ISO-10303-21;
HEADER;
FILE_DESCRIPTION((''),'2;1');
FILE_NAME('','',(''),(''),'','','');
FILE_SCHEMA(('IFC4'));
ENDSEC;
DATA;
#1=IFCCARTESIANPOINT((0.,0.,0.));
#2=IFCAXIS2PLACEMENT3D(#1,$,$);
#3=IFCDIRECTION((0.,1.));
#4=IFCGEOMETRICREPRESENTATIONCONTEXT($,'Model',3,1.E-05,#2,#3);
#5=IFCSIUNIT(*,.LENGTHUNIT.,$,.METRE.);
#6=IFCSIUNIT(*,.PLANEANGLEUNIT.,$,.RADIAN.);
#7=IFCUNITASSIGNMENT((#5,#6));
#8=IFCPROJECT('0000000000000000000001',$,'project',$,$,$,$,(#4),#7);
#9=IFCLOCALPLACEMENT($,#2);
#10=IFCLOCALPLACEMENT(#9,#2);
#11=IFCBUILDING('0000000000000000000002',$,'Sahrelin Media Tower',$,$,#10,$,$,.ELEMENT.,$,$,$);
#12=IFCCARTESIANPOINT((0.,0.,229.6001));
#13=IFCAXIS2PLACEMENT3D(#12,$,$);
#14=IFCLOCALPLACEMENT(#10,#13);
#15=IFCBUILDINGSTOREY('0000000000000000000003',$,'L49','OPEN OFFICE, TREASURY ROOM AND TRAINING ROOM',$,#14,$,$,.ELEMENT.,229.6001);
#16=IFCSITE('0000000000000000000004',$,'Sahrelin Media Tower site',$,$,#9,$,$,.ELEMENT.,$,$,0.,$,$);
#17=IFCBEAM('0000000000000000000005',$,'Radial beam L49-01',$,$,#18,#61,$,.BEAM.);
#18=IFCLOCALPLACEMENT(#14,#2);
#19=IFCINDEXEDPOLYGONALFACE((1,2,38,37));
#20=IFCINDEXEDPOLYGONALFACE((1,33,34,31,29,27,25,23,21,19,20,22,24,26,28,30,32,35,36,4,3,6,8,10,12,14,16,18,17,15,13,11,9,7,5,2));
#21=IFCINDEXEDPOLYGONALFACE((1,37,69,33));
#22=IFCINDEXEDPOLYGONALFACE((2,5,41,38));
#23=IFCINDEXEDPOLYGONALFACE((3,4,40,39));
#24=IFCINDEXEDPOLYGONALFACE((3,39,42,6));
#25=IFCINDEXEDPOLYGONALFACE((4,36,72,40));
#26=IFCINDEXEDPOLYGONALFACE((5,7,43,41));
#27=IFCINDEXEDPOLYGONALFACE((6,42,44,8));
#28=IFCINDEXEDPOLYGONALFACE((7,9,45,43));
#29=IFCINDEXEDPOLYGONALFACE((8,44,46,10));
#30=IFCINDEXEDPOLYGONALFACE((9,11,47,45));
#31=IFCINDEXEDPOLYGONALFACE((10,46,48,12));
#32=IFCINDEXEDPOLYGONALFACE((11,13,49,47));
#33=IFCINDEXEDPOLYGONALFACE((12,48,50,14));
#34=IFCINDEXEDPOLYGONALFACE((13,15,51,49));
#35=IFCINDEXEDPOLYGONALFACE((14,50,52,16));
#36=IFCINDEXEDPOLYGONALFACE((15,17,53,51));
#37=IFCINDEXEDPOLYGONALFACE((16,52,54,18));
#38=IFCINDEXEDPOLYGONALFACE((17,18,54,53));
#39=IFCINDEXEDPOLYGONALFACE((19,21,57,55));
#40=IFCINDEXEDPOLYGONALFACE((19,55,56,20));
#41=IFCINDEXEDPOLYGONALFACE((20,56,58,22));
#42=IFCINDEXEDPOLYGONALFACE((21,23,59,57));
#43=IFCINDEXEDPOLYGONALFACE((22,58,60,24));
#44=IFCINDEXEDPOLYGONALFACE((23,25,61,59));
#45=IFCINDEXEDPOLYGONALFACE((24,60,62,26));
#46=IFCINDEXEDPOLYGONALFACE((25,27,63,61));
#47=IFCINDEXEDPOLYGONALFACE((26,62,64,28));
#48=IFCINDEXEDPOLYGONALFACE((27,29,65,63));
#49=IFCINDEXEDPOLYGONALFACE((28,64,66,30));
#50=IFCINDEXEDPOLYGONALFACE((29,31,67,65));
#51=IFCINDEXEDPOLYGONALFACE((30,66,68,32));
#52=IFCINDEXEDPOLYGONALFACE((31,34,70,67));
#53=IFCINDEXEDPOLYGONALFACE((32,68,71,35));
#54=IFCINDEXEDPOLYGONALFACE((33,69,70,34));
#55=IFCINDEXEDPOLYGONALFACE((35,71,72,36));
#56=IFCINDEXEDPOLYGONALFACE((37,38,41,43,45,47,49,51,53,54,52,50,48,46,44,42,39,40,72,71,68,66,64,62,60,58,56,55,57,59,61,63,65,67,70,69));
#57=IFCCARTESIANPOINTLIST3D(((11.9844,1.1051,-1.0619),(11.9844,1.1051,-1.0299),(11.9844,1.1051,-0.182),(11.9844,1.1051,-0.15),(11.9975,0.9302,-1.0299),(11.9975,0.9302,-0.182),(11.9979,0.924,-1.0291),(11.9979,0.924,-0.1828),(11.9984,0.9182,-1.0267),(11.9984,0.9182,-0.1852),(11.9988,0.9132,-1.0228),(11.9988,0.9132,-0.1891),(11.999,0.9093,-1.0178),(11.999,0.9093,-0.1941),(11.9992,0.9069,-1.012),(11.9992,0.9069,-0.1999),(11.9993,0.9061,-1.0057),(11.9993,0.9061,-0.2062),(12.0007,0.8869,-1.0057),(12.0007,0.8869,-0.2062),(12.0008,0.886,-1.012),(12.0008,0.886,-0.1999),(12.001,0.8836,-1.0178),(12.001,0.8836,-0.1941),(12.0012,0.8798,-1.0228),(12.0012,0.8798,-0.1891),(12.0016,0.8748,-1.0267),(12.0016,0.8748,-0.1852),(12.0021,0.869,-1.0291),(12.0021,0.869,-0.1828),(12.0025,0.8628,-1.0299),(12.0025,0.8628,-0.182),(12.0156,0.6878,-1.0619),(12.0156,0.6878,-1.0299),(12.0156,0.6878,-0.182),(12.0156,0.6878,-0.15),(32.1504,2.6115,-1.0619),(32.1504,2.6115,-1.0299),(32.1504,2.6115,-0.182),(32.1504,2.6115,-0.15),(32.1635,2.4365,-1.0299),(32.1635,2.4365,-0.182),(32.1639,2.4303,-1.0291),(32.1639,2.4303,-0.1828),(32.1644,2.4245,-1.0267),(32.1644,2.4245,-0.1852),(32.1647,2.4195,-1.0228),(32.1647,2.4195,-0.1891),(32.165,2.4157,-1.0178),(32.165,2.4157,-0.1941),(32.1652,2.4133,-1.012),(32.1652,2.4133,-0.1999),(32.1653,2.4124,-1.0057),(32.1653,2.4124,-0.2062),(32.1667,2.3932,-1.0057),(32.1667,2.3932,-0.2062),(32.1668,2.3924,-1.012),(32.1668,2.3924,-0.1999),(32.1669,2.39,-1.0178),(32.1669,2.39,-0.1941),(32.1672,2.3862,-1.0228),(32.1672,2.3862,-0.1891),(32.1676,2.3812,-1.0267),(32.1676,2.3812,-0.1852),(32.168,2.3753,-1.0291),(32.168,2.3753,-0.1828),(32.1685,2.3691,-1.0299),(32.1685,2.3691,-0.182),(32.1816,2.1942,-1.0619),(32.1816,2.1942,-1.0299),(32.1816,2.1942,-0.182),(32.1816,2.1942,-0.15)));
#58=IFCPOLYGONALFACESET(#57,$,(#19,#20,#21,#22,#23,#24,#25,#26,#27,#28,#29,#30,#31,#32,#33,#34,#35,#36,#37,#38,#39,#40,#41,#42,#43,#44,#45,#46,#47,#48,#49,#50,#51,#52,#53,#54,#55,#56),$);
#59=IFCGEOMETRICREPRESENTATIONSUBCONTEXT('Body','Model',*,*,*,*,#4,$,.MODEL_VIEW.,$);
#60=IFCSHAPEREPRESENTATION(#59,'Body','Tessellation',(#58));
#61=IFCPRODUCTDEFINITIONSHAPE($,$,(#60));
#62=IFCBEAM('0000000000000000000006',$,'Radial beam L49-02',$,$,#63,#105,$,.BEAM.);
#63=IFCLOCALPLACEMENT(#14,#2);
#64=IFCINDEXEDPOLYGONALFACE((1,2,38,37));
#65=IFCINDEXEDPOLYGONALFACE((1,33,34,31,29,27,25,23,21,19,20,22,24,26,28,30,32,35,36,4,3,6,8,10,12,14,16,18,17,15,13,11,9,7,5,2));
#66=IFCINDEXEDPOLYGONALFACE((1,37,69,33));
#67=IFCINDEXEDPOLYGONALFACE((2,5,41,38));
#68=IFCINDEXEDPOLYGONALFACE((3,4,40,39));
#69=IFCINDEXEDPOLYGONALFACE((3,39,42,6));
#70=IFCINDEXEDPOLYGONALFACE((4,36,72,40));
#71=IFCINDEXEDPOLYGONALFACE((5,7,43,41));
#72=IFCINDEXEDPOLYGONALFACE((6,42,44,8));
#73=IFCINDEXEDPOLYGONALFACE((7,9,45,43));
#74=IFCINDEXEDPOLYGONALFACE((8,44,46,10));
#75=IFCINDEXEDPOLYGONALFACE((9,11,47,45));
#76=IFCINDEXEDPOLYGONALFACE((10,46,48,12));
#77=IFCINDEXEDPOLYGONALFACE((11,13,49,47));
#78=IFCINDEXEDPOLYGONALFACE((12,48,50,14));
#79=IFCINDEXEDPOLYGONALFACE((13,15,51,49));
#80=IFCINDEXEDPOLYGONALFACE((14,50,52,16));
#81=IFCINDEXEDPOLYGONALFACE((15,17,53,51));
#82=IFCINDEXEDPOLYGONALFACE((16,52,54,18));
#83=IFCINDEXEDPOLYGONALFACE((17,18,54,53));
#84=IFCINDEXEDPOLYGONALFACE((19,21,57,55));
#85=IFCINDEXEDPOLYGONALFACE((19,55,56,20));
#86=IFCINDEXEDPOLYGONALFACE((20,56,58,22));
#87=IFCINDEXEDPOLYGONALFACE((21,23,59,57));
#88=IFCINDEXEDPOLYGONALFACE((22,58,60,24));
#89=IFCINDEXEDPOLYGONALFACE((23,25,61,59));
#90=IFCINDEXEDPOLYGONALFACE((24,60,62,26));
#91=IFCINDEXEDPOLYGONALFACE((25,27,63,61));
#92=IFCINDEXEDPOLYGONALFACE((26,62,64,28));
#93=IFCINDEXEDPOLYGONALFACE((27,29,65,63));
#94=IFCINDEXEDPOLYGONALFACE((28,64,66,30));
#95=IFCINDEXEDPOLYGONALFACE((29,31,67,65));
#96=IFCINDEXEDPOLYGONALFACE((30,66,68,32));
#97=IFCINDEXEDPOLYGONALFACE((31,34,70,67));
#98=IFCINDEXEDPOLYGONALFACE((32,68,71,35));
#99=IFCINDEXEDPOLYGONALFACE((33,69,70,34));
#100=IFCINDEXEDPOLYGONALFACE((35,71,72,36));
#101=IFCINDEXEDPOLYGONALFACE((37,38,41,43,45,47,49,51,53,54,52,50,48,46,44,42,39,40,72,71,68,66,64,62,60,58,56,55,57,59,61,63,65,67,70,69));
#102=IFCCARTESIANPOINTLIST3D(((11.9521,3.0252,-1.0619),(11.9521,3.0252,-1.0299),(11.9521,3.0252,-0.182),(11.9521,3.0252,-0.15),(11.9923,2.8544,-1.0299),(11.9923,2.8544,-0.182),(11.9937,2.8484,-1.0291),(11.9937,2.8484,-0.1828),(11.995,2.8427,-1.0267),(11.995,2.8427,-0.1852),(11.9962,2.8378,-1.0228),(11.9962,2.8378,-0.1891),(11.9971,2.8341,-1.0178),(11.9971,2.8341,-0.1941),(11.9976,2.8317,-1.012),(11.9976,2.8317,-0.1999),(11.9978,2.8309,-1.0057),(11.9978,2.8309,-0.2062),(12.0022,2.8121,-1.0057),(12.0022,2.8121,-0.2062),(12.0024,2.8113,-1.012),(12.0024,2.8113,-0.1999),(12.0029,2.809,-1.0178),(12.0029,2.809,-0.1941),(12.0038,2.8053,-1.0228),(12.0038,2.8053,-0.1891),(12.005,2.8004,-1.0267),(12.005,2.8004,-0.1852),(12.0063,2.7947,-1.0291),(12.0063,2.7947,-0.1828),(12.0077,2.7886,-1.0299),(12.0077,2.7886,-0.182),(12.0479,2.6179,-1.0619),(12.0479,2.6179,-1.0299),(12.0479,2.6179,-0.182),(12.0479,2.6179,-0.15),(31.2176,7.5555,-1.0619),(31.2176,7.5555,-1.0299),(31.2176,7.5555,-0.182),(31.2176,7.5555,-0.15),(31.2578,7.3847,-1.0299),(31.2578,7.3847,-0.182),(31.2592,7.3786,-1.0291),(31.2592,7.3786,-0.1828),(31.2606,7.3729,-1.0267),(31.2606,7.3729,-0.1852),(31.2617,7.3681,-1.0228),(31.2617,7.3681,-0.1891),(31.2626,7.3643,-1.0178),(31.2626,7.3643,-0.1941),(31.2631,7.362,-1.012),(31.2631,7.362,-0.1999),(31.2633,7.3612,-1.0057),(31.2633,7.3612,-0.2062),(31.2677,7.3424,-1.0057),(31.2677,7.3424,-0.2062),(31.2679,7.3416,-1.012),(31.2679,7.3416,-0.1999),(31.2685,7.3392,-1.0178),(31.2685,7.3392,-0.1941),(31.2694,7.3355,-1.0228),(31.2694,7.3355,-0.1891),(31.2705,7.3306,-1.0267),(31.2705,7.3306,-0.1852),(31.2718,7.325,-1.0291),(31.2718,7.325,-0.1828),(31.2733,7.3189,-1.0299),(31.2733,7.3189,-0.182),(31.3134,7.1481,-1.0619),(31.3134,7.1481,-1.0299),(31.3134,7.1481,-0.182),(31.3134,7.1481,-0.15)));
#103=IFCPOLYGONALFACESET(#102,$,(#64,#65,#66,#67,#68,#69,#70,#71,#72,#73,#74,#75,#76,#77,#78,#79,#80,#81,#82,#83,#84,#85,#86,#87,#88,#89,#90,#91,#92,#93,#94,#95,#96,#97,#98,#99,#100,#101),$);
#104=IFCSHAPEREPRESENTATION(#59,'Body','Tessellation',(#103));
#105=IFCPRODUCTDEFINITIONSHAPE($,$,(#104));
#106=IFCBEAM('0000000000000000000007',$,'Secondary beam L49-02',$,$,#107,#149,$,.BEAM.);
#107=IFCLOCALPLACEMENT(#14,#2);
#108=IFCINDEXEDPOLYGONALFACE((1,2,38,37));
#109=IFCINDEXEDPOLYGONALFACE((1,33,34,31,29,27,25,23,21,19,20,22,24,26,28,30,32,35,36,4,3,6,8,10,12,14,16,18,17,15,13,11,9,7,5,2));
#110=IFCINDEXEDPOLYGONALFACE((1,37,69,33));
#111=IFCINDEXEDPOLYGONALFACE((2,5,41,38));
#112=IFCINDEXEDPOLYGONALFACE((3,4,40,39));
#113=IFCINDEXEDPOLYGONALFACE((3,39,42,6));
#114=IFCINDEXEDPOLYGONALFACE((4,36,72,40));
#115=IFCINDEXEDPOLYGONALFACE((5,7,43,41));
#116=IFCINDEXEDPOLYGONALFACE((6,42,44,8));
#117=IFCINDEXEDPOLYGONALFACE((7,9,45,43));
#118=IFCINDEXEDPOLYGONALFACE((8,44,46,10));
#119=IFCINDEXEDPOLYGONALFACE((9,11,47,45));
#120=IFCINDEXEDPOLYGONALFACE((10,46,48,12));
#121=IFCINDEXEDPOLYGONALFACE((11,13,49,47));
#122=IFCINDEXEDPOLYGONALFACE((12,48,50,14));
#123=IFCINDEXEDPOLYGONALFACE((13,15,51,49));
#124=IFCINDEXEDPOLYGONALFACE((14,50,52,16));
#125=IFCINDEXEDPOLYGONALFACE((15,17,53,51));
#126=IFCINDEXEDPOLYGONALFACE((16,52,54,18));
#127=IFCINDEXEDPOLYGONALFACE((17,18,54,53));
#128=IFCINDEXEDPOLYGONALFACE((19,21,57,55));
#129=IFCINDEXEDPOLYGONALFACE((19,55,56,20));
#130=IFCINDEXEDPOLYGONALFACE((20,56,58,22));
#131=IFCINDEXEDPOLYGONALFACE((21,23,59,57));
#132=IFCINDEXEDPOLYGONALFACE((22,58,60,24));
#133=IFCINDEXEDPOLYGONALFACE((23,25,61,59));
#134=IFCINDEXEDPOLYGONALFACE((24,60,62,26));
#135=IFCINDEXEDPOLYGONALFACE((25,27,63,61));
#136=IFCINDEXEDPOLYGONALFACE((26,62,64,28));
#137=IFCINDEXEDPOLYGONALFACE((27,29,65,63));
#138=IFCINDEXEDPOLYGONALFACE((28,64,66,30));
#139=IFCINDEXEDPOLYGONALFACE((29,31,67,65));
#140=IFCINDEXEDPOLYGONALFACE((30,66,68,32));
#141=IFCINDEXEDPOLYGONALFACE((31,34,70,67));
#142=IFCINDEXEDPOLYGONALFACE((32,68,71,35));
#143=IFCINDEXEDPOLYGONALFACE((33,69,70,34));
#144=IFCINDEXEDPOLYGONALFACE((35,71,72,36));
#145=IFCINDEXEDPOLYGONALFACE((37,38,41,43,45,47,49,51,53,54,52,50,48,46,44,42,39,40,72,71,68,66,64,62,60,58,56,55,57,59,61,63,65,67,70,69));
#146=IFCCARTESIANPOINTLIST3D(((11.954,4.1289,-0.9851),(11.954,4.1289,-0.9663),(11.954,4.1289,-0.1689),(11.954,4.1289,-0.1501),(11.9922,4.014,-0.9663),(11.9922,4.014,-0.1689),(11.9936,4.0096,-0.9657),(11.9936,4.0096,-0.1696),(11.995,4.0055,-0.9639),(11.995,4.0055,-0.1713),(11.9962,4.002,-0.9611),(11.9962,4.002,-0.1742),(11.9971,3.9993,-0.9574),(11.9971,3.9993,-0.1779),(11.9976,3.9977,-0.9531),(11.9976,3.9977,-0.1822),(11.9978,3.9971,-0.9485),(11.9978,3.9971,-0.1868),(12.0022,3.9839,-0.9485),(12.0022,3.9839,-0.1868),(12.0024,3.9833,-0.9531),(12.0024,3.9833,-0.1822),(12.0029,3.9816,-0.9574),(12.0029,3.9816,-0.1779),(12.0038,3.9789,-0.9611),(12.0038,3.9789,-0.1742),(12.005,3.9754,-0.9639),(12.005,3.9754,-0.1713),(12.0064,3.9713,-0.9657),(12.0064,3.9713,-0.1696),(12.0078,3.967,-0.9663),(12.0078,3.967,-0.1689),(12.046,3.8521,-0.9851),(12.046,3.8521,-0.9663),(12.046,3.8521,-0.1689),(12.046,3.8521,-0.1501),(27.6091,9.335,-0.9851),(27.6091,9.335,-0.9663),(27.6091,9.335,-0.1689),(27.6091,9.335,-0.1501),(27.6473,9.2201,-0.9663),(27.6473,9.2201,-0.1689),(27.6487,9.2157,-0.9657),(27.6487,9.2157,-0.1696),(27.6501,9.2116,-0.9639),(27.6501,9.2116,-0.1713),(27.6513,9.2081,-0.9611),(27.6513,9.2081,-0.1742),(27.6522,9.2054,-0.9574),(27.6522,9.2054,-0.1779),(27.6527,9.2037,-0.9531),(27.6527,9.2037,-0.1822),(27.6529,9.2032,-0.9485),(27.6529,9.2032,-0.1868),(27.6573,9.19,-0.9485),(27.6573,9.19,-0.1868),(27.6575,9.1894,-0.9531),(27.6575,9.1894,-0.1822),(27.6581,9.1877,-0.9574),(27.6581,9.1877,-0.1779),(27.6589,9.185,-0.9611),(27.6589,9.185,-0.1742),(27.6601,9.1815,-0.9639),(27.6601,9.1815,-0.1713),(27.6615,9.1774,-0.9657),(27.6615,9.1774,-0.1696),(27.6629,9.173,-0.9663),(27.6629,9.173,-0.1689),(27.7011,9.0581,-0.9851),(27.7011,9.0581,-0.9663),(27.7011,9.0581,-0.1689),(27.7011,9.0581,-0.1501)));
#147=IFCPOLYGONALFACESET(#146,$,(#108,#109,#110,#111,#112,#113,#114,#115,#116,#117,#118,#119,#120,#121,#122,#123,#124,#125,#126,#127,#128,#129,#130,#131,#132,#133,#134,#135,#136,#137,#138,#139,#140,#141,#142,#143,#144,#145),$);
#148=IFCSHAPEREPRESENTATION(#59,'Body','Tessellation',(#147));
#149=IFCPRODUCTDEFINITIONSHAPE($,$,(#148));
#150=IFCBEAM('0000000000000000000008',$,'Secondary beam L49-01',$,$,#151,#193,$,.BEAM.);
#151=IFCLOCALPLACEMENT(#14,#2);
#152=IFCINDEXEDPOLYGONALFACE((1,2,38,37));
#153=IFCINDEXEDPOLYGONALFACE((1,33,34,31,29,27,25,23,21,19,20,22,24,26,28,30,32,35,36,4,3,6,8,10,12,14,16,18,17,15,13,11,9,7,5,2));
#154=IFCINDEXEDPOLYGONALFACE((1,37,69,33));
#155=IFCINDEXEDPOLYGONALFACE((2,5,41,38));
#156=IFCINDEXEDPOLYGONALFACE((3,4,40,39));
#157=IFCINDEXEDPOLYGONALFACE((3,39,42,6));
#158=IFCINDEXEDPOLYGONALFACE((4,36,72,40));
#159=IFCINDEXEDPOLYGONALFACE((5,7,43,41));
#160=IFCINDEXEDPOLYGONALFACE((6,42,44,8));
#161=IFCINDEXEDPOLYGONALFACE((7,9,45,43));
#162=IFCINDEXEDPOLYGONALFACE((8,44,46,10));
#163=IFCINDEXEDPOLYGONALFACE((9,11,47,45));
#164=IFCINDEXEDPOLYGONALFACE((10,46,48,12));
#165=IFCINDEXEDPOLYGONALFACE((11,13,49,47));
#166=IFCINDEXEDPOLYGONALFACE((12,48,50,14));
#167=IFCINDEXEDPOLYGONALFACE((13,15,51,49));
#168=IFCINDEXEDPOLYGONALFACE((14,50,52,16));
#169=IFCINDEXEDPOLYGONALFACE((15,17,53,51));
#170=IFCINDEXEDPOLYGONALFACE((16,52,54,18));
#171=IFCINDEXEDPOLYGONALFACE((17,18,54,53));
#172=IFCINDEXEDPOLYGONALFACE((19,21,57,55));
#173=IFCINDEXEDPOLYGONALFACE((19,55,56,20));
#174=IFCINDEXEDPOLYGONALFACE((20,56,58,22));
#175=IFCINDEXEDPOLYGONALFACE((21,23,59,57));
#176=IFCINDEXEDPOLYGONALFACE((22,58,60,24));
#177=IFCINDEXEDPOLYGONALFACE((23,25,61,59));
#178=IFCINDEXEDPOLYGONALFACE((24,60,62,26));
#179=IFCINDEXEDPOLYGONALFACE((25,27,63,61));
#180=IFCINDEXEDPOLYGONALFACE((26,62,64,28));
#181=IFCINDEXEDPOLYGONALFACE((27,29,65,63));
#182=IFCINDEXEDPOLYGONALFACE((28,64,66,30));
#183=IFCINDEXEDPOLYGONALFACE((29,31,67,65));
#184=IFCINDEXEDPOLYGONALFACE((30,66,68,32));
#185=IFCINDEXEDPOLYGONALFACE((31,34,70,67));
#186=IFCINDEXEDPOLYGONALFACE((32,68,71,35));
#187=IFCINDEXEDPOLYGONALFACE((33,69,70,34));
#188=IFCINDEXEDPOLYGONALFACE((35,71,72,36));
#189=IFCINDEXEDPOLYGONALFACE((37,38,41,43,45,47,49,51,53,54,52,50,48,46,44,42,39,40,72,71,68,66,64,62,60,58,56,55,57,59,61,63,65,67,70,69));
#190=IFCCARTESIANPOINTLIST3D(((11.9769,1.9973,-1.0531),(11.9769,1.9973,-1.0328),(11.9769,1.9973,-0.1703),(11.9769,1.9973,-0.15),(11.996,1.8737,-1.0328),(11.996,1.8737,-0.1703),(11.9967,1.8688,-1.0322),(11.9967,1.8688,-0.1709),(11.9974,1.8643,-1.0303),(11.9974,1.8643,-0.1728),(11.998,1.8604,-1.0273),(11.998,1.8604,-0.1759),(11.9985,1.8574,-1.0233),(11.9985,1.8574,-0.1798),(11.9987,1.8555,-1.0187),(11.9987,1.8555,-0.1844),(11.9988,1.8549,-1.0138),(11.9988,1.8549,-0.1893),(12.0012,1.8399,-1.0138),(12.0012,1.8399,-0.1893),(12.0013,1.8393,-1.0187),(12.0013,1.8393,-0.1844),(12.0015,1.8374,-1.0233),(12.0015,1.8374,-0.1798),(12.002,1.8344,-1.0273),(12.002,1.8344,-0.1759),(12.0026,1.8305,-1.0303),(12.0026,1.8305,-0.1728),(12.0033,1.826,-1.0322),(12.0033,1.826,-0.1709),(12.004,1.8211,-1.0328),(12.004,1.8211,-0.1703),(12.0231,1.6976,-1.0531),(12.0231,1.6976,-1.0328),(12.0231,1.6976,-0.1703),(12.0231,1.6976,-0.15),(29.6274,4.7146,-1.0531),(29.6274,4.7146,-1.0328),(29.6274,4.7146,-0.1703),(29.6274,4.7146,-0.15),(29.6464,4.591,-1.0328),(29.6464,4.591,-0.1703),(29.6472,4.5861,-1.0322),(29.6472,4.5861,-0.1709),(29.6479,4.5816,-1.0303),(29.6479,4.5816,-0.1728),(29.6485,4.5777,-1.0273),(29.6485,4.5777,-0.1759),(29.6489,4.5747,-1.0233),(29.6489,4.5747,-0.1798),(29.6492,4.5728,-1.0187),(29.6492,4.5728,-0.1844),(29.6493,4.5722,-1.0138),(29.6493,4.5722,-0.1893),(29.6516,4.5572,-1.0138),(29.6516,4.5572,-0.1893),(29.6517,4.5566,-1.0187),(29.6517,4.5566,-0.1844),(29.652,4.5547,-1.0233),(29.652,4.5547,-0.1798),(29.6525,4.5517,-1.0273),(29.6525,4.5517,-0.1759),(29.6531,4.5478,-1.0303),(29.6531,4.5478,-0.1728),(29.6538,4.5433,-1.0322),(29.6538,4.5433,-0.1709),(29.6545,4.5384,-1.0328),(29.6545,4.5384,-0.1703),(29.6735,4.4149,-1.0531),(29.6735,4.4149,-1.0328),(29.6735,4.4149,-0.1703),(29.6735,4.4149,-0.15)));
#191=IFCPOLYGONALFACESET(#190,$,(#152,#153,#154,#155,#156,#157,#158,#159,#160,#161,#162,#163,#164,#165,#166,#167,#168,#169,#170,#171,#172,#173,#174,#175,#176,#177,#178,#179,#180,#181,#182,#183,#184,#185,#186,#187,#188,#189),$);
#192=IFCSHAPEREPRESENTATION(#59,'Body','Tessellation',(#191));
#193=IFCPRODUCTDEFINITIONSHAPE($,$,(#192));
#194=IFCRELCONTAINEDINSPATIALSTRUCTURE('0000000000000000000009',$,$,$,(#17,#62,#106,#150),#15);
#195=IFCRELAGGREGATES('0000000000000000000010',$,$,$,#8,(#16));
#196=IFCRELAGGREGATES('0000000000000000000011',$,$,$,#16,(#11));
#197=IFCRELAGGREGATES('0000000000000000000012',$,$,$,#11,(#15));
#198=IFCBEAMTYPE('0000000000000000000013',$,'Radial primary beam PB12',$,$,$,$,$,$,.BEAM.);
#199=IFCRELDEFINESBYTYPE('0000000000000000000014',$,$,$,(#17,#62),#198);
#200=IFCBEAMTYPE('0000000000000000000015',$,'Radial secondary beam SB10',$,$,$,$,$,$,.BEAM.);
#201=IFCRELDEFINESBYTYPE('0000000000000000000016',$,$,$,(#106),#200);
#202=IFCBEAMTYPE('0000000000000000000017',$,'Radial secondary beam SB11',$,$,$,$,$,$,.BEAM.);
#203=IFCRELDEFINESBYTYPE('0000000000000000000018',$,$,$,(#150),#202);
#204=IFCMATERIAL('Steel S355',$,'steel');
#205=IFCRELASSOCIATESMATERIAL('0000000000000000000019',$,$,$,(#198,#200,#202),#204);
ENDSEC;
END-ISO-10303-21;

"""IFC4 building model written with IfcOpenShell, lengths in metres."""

from ifc_helpers import new_model, si_unit, direction, frame, origin, origin_2d, place, context, subcontext, project, spatial, i_section, extrude, material, material_profile, profile_set, type_object, element, save


model = new_model("IFC4")

# Units and contexts
model_context = context("Model", 3, precision=1e-05, world=origin(), true_north=direction((0.0, 1.0)))
body_context = subcontext(model_context, "Body", "Model", "MODEL_VIEW")
ifc_project = project(units=[si_unit("LENGTHUNIT", "METRE"), si_unit("PLANEANGLEUNIT", "RADIAN")], contexts=[model_context])

# Site, building, storey
site_placement = place(None, origin())
site = spatial("IfcSite", under=ifc_project, at=site_placement, Name="Sahrelin Media Tower site", CompositionType="ELEMENT", RefElevation=0.0)
building_placement = place(site_placement, origin())
building = spatial("IfcBuilding", under=site, at=building_placement, Name="Sahrelin Media Tower", CompositionType="ELEMENT")
storey_placement = place(building_placement, frame((0.0, 0.0, 229.6001)))
storey = spatial("IfcBuildingStorey", under=building, at=storey_placement, Name="L49", Description="OPEN OFFICE, TREASURY ROOM AND TRAINING ROOM", CompositionType="ELEMENT", Elevation=229.6001)

# Beams
ifc_material_1 = material(Name="Steel S355", Category="steel")
ifc_material_profile_1 = material_profile(ifc_material_1, i_section(OverallWidth=0.4185, OverallDepth=0.9119, WebThickness=0.0193, FlangeThickness=0.032, FilletRadius=0.0242, at=origin_2d()), Name="UB 914x419x343")
ifc_profile_set_1 = profile_set([ifc_material_profile_1], Name="Steel S355")
beam_type_1 = type_object("IfcBeamType", Name="Radial primary beam PB12", PredefinedType="BEAM", material=ifc_profile_set_1)
beam_1_placement = place(storey_placement, frame((12.0, 0.8965, -0.606), z_axis=(0.997222, 0.07449, 0.0), x_axis=(-0.07449, 0.997222, 0.0)))
element("IfcBeam", 1, at=beam_1_placement, inside=storey, type_object=beam_type_1, Name="Radial beam L49-01", PredefinedType="BEAM", context=body_context, shape_type="SweptSolid", body=[
    extrude(i_section(OverallWidth=0.4185, OverallDepth=0.9119, WebThickness=0.0193, FlangeThickness=0.032, FilletRadius=0.0242, at=origin_2d()), origin(), (0.0, 0.0, 1.0), 20.2222),
])
beam_2_placement = place(storey_placement, frame((12.0, 2.8215, -0.606), z_axis=(0.973449, 0.228905, 0.0), x_axis=(-0.228905, 0.973449, 0.0)))
element("IfcBeam", 2, at=beam_2_placement, inside=storey, type_object=beam_type_1, Name="Radial beam L49-02", PredefinedType="BEAM", context=body_context, shape_type="SweptSolid", body=[
    extrude(i_section(OverallWidth=0.4185, OverallDepth=0.9119, WebThickness=0.0193, FlangeThickness=0.032, FilletRadius=0.0242, at=origin_2d()), origin(), (0.0, 0.0, 1.0), 19.791),
])
ifc_material_profile_2 = material_profile(ifc_material_1, i_section(OverallWidth=0.2917, OverallDepth=0.835, WebThickness=0.0139, FlangeThickness=0.0188, FilletRadius=0.0178, at=origin_2d()), Name="UB 838x292x176")
ifc_profile_set_2 = profile_set([ifc_material_profile_2], Name="Steel S355")
beam_type_2 = type_object("IfcBeamType", Name="Radial secondary beam SB10", PredefinedType="BEAM", material=ifc_profile_set_2)
beam_3_placement = place(storey_placement, frame((12.0, 3.9905, -0.5676), z_axis=(0.948907, 0.315557, 0.0), x_axis=(-0.315557, 0.948907, 0.0)))
element("IfcBeam", 3, at=beam_3_placement, inside=storey, type_object=beam_type_2, Name="Secondary beam L49-02", PredefinedType="BEAM", context=body_context, shape_type="SweptSolid", body=[
    extrude(i_section(OverallWidth=0.2917, OverallDepth=0.835, WebThickness=0.0139, FlangeThickness=0.0188, FilletRadius=0.0178, at=origin_2d()), origin(), (0.0, 0.0, 1.0), 16.498),
])
ifc_material_profile_3 = material_profile(ifc_material_1, i_section(OverallWidth=0.3032, OverallDepth=0.9031, WebThickness=0.0151, FlangeThickness=0.0203, FilletRadius=0.019, at=origin_2d()), Name="UB 914x305x201")
ifc_profile_set_3 = profile_set([ifc_material_profile_3], Name="Steel S355")
beam_type_3 = type_object("IfcBeamType", Name="Radial secondary beam SB11", PredefinedType="BEAM", material=ifc_profile_set_3)
beam_4_placement = place(storey_placement, frame((12.0, 1.8474, -0.6016), z_axis=(0.988356, 0.152158, 0.0), x_axis=(-0.152158, 0.988356, 0.0)))
element("IfcBeam", 4, at=beam_4_placement, inside=storey, type_object=beam_type_3, Name="Secondary beam L49-01", PredefinedType="BEAM", context=body_context, shape_type="SweptSolid", body=[
    extrude(i_section(OverallWidth=0.3032, OverallDepth=0.9031, WebThickness=0.0151, FlangeThickness=0.0203, FilletRadius=0.019, at=origin_2d()), origin(), (0.0, 0.0, 1.0), 17.8584),
])

save(model, "model.ifc")
